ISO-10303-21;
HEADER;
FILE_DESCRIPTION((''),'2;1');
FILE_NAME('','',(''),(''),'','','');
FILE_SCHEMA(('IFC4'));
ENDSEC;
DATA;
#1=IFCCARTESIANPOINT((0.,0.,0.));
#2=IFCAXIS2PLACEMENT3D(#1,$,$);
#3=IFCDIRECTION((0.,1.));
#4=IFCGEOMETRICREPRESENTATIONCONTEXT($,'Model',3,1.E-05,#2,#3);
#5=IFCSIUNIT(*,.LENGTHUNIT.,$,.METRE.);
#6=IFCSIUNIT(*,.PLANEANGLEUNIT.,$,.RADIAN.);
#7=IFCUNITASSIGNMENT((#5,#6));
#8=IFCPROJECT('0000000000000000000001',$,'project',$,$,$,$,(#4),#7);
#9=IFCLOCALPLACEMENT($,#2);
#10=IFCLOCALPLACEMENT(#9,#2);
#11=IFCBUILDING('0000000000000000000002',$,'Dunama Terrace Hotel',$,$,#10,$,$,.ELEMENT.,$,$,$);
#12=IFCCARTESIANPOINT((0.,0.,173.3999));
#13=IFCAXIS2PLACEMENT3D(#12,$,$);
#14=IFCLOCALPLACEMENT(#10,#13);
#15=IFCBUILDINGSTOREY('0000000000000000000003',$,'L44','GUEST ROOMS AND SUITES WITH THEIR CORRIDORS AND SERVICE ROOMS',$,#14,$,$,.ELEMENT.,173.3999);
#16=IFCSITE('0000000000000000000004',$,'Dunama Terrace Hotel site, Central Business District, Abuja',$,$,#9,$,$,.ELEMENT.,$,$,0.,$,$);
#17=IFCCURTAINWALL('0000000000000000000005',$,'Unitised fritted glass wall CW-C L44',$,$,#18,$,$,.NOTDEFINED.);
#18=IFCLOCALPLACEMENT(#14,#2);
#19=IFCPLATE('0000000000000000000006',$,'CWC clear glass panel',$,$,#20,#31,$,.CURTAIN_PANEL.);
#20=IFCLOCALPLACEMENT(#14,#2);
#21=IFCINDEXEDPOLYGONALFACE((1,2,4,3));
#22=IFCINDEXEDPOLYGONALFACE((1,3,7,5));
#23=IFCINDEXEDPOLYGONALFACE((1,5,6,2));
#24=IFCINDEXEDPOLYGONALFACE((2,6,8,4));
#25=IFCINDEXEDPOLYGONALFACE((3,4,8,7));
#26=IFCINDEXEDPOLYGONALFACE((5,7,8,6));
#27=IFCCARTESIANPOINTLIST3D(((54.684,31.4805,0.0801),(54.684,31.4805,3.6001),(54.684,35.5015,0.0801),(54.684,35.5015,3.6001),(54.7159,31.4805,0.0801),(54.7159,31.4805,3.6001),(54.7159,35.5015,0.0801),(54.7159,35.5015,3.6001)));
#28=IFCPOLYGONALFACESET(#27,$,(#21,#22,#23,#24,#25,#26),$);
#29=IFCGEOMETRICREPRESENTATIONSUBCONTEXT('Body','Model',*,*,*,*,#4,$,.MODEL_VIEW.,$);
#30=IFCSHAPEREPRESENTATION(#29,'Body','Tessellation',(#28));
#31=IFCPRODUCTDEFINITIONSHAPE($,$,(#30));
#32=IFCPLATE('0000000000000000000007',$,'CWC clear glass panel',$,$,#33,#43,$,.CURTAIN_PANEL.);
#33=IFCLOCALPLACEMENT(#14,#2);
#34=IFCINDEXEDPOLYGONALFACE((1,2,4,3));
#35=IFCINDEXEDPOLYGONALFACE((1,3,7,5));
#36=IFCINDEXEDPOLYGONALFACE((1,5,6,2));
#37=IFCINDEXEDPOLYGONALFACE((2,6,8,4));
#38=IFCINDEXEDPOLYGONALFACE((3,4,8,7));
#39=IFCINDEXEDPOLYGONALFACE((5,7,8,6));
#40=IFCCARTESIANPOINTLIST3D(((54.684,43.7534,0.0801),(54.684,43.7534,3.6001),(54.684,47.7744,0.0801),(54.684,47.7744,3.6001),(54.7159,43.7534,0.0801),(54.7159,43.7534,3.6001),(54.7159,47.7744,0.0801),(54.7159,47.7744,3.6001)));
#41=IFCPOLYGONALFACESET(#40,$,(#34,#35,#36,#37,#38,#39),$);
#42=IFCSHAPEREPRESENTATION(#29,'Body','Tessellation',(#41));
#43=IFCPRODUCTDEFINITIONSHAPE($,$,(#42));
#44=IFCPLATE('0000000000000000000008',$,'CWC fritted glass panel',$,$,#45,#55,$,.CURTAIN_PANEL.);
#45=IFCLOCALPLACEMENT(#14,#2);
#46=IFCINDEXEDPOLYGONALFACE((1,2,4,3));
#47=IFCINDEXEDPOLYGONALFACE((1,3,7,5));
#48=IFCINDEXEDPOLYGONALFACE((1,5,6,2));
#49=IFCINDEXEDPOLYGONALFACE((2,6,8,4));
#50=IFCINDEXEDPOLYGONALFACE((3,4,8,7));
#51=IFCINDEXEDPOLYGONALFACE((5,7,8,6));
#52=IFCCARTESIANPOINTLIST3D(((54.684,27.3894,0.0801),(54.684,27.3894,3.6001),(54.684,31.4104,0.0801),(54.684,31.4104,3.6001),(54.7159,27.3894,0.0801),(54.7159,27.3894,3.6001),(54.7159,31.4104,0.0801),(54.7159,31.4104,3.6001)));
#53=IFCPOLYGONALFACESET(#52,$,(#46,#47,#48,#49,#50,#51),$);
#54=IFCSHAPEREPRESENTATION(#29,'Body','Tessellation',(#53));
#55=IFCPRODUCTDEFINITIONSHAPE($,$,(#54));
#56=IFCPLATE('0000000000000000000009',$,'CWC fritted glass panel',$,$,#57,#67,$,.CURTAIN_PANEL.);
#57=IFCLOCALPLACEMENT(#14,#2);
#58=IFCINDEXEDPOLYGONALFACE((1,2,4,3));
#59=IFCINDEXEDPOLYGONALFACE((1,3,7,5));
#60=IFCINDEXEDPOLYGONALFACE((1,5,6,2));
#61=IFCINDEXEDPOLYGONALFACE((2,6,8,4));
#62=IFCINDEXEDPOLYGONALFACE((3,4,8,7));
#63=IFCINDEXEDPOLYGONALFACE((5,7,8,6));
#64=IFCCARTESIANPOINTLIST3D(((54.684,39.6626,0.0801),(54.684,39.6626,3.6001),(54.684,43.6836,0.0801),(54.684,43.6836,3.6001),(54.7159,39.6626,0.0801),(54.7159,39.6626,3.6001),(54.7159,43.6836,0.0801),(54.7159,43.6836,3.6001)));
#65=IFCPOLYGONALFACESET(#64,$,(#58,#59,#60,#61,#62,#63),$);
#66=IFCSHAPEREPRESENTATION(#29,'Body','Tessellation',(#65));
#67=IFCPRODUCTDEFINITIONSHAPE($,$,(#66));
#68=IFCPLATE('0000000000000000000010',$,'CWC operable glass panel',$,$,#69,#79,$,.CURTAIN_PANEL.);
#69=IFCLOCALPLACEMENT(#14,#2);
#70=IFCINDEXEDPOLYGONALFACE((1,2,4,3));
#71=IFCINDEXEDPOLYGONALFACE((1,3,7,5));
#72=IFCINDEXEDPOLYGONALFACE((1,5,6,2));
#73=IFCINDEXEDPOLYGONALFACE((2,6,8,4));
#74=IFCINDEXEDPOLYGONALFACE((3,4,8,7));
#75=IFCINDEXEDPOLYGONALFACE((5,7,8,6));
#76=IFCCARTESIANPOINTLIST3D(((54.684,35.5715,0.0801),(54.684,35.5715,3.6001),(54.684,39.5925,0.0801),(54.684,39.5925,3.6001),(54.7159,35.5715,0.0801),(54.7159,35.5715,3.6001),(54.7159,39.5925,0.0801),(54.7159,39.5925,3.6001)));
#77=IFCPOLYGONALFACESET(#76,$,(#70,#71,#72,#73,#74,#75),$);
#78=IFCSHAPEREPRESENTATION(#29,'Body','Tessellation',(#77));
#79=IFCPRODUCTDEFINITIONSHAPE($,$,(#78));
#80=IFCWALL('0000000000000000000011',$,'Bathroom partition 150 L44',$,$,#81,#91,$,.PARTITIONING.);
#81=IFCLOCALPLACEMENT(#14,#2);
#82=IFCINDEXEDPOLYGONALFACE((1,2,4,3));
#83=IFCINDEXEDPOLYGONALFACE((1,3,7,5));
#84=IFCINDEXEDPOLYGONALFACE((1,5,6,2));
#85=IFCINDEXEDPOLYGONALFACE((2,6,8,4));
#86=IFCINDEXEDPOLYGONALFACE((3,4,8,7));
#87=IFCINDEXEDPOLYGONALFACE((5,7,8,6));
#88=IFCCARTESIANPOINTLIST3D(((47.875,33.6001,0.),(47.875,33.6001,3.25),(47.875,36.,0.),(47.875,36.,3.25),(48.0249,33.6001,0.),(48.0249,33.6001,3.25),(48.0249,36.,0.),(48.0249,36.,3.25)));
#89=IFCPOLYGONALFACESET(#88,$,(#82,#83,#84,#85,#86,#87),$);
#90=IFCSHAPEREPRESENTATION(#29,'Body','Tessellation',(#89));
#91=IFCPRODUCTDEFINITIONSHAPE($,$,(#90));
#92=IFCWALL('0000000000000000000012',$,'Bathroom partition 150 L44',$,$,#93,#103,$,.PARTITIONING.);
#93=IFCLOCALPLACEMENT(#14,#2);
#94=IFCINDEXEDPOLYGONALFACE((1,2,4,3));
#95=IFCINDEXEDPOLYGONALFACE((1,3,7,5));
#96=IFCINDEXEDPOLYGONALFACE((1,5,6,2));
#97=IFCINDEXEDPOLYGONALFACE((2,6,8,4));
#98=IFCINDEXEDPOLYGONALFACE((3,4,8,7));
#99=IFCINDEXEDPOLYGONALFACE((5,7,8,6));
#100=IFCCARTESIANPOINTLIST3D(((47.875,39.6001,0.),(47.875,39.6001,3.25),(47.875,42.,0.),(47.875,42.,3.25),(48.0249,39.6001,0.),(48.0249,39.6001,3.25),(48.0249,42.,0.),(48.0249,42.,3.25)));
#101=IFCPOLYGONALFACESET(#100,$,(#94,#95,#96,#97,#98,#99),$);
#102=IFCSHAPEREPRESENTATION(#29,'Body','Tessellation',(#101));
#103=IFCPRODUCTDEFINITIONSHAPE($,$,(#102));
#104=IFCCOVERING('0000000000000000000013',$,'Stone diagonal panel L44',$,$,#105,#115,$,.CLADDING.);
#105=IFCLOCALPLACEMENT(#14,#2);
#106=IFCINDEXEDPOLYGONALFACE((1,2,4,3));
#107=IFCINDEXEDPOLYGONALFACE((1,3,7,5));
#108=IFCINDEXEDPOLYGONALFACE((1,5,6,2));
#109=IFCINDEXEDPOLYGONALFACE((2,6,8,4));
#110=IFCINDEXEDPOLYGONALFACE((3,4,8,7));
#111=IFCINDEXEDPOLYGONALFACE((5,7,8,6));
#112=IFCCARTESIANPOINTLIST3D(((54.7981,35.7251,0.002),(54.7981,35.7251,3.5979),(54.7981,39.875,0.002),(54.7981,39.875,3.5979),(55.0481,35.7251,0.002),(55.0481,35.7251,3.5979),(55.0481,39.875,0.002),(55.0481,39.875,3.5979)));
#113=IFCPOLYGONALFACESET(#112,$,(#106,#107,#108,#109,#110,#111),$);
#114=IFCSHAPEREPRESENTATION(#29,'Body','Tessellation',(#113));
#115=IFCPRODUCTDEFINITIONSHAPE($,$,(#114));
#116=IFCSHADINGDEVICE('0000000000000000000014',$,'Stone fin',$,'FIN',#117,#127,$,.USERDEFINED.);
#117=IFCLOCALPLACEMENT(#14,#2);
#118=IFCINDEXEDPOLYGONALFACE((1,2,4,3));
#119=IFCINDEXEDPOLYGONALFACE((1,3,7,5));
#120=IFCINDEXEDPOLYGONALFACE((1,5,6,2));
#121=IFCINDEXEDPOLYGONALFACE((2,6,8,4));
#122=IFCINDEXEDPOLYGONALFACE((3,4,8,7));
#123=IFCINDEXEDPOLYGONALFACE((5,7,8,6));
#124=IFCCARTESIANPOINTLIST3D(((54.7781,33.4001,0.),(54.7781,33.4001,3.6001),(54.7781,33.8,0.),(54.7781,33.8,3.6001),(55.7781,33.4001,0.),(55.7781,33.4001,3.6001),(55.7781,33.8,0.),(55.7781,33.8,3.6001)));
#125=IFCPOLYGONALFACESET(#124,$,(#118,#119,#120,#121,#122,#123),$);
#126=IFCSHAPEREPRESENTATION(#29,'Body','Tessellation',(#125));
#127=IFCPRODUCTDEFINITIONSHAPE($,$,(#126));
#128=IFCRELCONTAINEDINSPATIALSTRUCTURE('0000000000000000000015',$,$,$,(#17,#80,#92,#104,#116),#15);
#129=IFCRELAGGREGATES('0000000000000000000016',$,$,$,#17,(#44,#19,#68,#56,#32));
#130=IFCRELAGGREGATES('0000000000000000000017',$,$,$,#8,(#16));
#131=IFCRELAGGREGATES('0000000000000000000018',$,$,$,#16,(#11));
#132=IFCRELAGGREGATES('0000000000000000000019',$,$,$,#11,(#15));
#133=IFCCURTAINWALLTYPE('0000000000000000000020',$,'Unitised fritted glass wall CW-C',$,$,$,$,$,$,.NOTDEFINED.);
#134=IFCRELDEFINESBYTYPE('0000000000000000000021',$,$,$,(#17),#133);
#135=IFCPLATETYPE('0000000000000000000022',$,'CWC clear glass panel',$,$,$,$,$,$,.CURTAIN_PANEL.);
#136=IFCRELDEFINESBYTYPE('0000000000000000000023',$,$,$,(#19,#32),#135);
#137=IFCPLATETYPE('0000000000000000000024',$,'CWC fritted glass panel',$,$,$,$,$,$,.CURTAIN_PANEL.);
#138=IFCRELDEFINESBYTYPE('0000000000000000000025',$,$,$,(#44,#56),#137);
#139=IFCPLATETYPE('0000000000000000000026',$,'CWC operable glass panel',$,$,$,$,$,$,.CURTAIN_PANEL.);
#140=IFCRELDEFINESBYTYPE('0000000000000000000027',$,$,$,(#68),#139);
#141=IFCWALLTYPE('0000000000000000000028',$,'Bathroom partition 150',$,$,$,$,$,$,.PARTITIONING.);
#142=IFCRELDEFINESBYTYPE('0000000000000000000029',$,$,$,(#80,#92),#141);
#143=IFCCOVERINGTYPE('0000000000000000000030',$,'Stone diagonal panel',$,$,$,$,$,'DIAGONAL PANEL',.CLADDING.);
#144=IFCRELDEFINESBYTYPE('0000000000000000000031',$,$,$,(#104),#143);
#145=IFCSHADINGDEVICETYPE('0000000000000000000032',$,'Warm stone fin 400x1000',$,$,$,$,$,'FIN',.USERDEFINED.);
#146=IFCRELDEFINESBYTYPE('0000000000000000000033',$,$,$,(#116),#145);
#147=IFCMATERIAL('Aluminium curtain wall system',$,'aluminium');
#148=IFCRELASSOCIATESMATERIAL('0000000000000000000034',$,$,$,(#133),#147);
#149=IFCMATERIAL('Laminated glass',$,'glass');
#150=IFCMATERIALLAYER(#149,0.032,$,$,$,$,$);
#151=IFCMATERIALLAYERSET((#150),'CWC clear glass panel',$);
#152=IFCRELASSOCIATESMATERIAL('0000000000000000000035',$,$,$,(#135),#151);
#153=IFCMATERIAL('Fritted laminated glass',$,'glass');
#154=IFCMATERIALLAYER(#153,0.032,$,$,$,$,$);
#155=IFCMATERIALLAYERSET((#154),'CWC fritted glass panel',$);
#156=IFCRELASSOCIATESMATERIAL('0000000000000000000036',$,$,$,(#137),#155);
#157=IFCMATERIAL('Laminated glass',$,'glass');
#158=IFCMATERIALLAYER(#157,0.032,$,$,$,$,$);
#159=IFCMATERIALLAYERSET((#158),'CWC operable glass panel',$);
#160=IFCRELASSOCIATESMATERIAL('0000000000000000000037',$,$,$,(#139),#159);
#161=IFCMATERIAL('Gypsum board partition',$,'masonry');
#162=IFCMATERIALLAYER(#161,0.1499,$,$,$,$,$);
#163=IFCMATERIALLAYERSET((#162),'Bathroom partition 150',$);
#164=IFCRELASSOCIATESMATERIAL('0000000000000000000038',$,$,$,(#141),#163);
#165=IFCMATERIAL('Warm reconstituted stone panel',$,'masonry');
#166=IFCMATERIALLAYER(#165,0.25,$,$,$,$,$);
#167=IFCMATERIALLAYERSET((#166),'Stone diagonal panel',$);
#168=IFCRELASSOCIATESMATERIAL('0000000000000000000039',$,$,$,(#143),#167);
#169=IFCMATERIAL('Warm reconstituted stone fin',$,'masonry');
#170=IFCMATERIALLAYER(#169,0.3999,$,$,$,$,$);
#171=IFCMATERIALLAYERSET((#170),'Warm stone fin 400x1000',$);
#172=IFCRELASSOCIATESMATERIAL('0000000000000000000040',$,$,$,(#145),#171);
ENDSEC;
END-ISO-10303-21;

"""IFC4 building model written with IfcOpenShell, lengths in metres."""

from ifc_helpers import new_model, si_unit, direction, frame, frame_2d, origin, origin_2d, place, context, subcontext, project, spatial, rectangle, extrude, material, layer, layer_set, type_object, element, aggregate, save


model = new_model("IFC4")

# Units and contexts
model_context = context("Model", 3, precision=1e-05, world=origin(), true_north=direction((0.0, 1.0)))
body_context = subcontext(model_context, "Body", "Model", "MODEL_VIEW")
ifc_project = project(units=[si_unit("LENGTHUNIT", "METRE"), si_unit("PLANEANGLEUNIT", "RADIAN")], contexts=[model_context])

# Site, building, storey
site_placement = place(None, origin())
site = spatial("IfcSite", under=ifc_project, at=site_placement, Name="Dunama Terrace Hotel site, Central Business District, Abuja", CompositionType="ELEMENT", RefElevation=0.0)
building_placement = place(site_placement, origin())
building = spatial("IfcBuilding", under=site, at=building_placement, Name="Dunama Terrace Hotel", CompositionType="ELEMENT")
storey_placement = place(building_placement, frame((0.0, 0.0, 173.3999)))
storey = spatial("IfcBuildingStorey", under=building, at=storey_placement, Name="L44", Description="GUEST ROOMS AND SUITES WITH THEIR CORRIDORS AND SERVICE ROOMS", CompositionType="ELEMENT", Elevation=173.3999)

# Curtain wall
ifc_material_1 = material(Name="Aluminium curtain wall system", Category="aluminium")
curtain_wall_type = type_object("IfcCurtainWallType", Name="Unitised fritted glass wall CW-C", PredefinedType="NOTDEFINED", material=ifc_material_1)
curtain_wall_placement = place(storey_placement, origin())
curtain_wall = element("IfcCurtainWall", 1, at=curtain_wall_placement, inside=storey, type_object=curtain_wall_type, Name="Unitised fritted glass wall CW-C L44", PredefinedType="NOTDEFINED")

# Plates
ifc_material_2 = material(Name="Laminated glass", Category="glass")
ifc_layer_1 = layer(ifc_material_2, 0.032)
ifc_layer_set_1 = layer_set([ifc_layer_1], Name="CWC clear glass panel")
plate_type_1 = type_object("IfcPlateType", Name="CWC clear glass panel", PredefinedType="CURTAIN_PANEL", material=ifc_layer_set_1)
plate_1_placement = place(storey_placement, frame((54.7, 33.491, 0.0801), z_axis=(0.0, 0.0, 1.0), x_axis=(0.0, 1.0, 0.0)))
plate_1 = element("IfcPlate", 2, at=plate_1_placement, type_object=plate_type_1, Name="CWC clear glass panel", PredefinedType="CURTAIN_PANEL", context=body_context, shape_type="SweptSolid", body=[
    extrude(rectangle(XDim=4.021, YDim=0.032, at=origin_2d()), origin(), (0.0, 0.0, 1.0), 3.52),
])
plate_2_placement = place(storey_placement, frame((54.7, 45.7639, 0.0801), z_axis=(0.0, 0.0, 1.0), x_axis=(0.0, 1.0, 0.0)))
plate_2 = element("IfcPlate", 3, at=plate_2_placement, type_object=plate_type_1, Name="CWC clear glass panel", PredefinedType="CURTAIN_PANEL", context=body_context, shape_type="SweptSolid", body=[
    extrude(rectangle(XDim=4.021, YDim=0.032, at=origin_2d()), origin(), (0.0, 0.0, 1.0), 3.52),
])
ifc_material_3 = material(Name="Fritted laminated glass", Category="glass")
ifc_layer_2 = layer(ifc_material_3, 0.032)
ifc_layer_set_2 = layer_set([ifc_layer_2], Name="CWC fritted glass panel")
plate_type_2 = type_object("IfcPlateType", Name="CWC fritted glass panel", PredefinedType="CURTAIN_PANEL", material=ifc_layer_set_2)
plate_3_placement = place(storey_placement, frame((54.7, 29.3999, 0.0801), z_axis=(0.0, 0.0, 1.0), x_axis=(0.0, 1.0, 0.0)))
plate_3 = element("IfcPlate", 4, at=plate_3_placement, type_object=plate_type_2, Name="CWC fritted glass panel", PredefinedType="CURTAIN_PANEL", context=body_context, shape_type="SweptSolid", body=[
    extrude(rectangle(XDim=4.021, YDim=0.032, at=origin_2d()), origin(), (0.0, 0.0, 1.0), 3.52),
])
plate_4_placement = place(storey_placement, frame((54.7, 41.6731, 0.0801), z_axis=(0.0, 0.0, 1.0), x_axis=(0.0, 1.0, 0.0)))
plate_4 = element("IfcPlate", 5, at=plate_4_placement, type_object=plate_type_2, Name="CWC fritted glass panel", PredefinedType="CURTAIN_PANEL", context=body_context, shape_type="SweptSolid", body=[
    extrude(rectangle(XDim=4.021, YDim=0.032, at=origin_2d()), origin(), (0.0, 0.0, 1.0), 3.52),
])
ifc_material_4 = material(Name="Laminated glass", Category="glass")
ifc_layer_3 = layer(ifc_material_4, 0.032)
ifc_layer_set_3 = layer_set([ifc_layer_3], Name="CWC operable glass panel")
plate_type_3 = type_object("IfcPlateType", Name="CWC operable glass panel", PredefinedType="CURTAIN_PANEL", material=ifc_layer_set_3)
plate_5_placement = place(storey_placement, frame((54.7, 37.582, 0.0801), z_axis=(0.0, 0.0, 1.0), x_axis=(0.0, 1.0, 0.0)))
plate_5 = element("IfcPlate", 6, at=plate_5_placement, type_object=plate_type_3, Name="CWC operable glass panel", PredefinedType="CURTAIN_PANEL", context=body_context, shape_type="SweptSolid", body=[
    extrude(rectangle(XDim=4.021, YDim=0.032, at=origin_2d()), origin(), (0.0, 0.0, 1.0), 3.52),
])
aggregate(curtain_wall, [plate_3, plate_1, plate_5, plate_4, plate_2])

# Walls
ifc_material_5 = material(Name="Gypsum board partition", Category="masonry")
ifc_layer_4 = layer(ifc_material_5, 0.1499)
ifc_layer_set_4 = layer_set([ifc_layer_4], Name="Bathroom partition 150")
wall_type = type_object("IfcWallType", Name="Bathroom partition 150", PredefinedType="PARTITIONING", material=ifc_layer_set_4)
for number, where, z_axis, x_axis, name in (
    (7, (47.95, 33.6001, 0.0), (0.0, 0.0, 1.0), (0.0, 1.0, 0.0), "Bathroom partition 150 L44"),
    (8, (47.95, 39.6001, 0.0), (0.0, 0.0, 1.0), (0.0, 1.0, 0.0), "Bathroom partition 150 L44"),
):
    element("IfcWall", number, at=place(storey_placement, frame(where, z_axis=z_axis, x_axis=x_axis)), inside=storey, type_object=wall_type, Name=name, PredefinedType="PARTITIONING", context=body_context, shape_type="SweptSolid", body=[
        extrude(rectangle(XDim=2.3999, YDim=0.1499, at=frame_2d((1.2, 0.0))), origin(), (0.0, 0.0, 1.0), 3.25),
    ])

# Covering
ifc_material_6 = material(Name="Warm reconstituted stone panel", Category="masonry")
ifc_layer_5 = layer(ifc_material_6, 0.25)
ifc_layer_set_5 = layer_set([ifc_layer_5], Name="Stone diagonal panel")
covering_type = type_object("IfcCoveringType", Name="Stone diagonal panel", ElementType="DIAGONAL PANEL", PredefinedType="CLADDING", material=ifc_layer_set_5)
covering_placement = place(storey_placement, frame((54.9231, 37.8, 0.002), z_axis=(0.0, 0.0, 1.0), x_axis=(0.0, 1.0, 0.0)))
element("IfcCovering", 9, at=covering_placement, inside=storey, type_object=covering_type, Name="Stone diagonal panel L44", PredefinedType="CLADDING", context=body_context, shape_type="SweptSolid", body=[
    extrude(rectangle(XDim=4.1499, YDim=0.25, at=origin_2d()), origin(), (0.0, 0.0, 1.0), 3.5959),
])

# Shading device
ifc_material_7 = material(Name="Warm reconstituted stone fin", Category="masonry")
ifc_layer_6 = layer(ifc_material_7, 0.3999)
ifc_layer_set_6 = layer_set([ifc_layer_6], Name="Warm stone fin 400x1000")
shading_device_type = type_object("IfcShadingDeviceType", Name="Warm stone fin 400x1000", ElementType="FIN", PredefinedType="USERDEFINED", material=ifc_layer_set_6)
shading_device_placement = place(storey_placement, frame((55.2781, 33.6001, 0.0), z_axis=(0.0, 0.0, 1.0), x_axis=(0.0, 1.0, 0.0)))
element("IfcShadingDevice", 10, at=shading_device_placement, inside=storey, type_object=shading_device_type, Name="Stone fin", ObjectType="FIN", PredefinedType="USERDEFINED", context=body_context, shape_type="SweptSolid", body=[
    extrude(rectangle(XDim=0.3999, YDim=1.0, at=origin_2d()), origin(), (0.0, 0.0, 1.0), 3.6001),
])

save(model, "model.ifc")
